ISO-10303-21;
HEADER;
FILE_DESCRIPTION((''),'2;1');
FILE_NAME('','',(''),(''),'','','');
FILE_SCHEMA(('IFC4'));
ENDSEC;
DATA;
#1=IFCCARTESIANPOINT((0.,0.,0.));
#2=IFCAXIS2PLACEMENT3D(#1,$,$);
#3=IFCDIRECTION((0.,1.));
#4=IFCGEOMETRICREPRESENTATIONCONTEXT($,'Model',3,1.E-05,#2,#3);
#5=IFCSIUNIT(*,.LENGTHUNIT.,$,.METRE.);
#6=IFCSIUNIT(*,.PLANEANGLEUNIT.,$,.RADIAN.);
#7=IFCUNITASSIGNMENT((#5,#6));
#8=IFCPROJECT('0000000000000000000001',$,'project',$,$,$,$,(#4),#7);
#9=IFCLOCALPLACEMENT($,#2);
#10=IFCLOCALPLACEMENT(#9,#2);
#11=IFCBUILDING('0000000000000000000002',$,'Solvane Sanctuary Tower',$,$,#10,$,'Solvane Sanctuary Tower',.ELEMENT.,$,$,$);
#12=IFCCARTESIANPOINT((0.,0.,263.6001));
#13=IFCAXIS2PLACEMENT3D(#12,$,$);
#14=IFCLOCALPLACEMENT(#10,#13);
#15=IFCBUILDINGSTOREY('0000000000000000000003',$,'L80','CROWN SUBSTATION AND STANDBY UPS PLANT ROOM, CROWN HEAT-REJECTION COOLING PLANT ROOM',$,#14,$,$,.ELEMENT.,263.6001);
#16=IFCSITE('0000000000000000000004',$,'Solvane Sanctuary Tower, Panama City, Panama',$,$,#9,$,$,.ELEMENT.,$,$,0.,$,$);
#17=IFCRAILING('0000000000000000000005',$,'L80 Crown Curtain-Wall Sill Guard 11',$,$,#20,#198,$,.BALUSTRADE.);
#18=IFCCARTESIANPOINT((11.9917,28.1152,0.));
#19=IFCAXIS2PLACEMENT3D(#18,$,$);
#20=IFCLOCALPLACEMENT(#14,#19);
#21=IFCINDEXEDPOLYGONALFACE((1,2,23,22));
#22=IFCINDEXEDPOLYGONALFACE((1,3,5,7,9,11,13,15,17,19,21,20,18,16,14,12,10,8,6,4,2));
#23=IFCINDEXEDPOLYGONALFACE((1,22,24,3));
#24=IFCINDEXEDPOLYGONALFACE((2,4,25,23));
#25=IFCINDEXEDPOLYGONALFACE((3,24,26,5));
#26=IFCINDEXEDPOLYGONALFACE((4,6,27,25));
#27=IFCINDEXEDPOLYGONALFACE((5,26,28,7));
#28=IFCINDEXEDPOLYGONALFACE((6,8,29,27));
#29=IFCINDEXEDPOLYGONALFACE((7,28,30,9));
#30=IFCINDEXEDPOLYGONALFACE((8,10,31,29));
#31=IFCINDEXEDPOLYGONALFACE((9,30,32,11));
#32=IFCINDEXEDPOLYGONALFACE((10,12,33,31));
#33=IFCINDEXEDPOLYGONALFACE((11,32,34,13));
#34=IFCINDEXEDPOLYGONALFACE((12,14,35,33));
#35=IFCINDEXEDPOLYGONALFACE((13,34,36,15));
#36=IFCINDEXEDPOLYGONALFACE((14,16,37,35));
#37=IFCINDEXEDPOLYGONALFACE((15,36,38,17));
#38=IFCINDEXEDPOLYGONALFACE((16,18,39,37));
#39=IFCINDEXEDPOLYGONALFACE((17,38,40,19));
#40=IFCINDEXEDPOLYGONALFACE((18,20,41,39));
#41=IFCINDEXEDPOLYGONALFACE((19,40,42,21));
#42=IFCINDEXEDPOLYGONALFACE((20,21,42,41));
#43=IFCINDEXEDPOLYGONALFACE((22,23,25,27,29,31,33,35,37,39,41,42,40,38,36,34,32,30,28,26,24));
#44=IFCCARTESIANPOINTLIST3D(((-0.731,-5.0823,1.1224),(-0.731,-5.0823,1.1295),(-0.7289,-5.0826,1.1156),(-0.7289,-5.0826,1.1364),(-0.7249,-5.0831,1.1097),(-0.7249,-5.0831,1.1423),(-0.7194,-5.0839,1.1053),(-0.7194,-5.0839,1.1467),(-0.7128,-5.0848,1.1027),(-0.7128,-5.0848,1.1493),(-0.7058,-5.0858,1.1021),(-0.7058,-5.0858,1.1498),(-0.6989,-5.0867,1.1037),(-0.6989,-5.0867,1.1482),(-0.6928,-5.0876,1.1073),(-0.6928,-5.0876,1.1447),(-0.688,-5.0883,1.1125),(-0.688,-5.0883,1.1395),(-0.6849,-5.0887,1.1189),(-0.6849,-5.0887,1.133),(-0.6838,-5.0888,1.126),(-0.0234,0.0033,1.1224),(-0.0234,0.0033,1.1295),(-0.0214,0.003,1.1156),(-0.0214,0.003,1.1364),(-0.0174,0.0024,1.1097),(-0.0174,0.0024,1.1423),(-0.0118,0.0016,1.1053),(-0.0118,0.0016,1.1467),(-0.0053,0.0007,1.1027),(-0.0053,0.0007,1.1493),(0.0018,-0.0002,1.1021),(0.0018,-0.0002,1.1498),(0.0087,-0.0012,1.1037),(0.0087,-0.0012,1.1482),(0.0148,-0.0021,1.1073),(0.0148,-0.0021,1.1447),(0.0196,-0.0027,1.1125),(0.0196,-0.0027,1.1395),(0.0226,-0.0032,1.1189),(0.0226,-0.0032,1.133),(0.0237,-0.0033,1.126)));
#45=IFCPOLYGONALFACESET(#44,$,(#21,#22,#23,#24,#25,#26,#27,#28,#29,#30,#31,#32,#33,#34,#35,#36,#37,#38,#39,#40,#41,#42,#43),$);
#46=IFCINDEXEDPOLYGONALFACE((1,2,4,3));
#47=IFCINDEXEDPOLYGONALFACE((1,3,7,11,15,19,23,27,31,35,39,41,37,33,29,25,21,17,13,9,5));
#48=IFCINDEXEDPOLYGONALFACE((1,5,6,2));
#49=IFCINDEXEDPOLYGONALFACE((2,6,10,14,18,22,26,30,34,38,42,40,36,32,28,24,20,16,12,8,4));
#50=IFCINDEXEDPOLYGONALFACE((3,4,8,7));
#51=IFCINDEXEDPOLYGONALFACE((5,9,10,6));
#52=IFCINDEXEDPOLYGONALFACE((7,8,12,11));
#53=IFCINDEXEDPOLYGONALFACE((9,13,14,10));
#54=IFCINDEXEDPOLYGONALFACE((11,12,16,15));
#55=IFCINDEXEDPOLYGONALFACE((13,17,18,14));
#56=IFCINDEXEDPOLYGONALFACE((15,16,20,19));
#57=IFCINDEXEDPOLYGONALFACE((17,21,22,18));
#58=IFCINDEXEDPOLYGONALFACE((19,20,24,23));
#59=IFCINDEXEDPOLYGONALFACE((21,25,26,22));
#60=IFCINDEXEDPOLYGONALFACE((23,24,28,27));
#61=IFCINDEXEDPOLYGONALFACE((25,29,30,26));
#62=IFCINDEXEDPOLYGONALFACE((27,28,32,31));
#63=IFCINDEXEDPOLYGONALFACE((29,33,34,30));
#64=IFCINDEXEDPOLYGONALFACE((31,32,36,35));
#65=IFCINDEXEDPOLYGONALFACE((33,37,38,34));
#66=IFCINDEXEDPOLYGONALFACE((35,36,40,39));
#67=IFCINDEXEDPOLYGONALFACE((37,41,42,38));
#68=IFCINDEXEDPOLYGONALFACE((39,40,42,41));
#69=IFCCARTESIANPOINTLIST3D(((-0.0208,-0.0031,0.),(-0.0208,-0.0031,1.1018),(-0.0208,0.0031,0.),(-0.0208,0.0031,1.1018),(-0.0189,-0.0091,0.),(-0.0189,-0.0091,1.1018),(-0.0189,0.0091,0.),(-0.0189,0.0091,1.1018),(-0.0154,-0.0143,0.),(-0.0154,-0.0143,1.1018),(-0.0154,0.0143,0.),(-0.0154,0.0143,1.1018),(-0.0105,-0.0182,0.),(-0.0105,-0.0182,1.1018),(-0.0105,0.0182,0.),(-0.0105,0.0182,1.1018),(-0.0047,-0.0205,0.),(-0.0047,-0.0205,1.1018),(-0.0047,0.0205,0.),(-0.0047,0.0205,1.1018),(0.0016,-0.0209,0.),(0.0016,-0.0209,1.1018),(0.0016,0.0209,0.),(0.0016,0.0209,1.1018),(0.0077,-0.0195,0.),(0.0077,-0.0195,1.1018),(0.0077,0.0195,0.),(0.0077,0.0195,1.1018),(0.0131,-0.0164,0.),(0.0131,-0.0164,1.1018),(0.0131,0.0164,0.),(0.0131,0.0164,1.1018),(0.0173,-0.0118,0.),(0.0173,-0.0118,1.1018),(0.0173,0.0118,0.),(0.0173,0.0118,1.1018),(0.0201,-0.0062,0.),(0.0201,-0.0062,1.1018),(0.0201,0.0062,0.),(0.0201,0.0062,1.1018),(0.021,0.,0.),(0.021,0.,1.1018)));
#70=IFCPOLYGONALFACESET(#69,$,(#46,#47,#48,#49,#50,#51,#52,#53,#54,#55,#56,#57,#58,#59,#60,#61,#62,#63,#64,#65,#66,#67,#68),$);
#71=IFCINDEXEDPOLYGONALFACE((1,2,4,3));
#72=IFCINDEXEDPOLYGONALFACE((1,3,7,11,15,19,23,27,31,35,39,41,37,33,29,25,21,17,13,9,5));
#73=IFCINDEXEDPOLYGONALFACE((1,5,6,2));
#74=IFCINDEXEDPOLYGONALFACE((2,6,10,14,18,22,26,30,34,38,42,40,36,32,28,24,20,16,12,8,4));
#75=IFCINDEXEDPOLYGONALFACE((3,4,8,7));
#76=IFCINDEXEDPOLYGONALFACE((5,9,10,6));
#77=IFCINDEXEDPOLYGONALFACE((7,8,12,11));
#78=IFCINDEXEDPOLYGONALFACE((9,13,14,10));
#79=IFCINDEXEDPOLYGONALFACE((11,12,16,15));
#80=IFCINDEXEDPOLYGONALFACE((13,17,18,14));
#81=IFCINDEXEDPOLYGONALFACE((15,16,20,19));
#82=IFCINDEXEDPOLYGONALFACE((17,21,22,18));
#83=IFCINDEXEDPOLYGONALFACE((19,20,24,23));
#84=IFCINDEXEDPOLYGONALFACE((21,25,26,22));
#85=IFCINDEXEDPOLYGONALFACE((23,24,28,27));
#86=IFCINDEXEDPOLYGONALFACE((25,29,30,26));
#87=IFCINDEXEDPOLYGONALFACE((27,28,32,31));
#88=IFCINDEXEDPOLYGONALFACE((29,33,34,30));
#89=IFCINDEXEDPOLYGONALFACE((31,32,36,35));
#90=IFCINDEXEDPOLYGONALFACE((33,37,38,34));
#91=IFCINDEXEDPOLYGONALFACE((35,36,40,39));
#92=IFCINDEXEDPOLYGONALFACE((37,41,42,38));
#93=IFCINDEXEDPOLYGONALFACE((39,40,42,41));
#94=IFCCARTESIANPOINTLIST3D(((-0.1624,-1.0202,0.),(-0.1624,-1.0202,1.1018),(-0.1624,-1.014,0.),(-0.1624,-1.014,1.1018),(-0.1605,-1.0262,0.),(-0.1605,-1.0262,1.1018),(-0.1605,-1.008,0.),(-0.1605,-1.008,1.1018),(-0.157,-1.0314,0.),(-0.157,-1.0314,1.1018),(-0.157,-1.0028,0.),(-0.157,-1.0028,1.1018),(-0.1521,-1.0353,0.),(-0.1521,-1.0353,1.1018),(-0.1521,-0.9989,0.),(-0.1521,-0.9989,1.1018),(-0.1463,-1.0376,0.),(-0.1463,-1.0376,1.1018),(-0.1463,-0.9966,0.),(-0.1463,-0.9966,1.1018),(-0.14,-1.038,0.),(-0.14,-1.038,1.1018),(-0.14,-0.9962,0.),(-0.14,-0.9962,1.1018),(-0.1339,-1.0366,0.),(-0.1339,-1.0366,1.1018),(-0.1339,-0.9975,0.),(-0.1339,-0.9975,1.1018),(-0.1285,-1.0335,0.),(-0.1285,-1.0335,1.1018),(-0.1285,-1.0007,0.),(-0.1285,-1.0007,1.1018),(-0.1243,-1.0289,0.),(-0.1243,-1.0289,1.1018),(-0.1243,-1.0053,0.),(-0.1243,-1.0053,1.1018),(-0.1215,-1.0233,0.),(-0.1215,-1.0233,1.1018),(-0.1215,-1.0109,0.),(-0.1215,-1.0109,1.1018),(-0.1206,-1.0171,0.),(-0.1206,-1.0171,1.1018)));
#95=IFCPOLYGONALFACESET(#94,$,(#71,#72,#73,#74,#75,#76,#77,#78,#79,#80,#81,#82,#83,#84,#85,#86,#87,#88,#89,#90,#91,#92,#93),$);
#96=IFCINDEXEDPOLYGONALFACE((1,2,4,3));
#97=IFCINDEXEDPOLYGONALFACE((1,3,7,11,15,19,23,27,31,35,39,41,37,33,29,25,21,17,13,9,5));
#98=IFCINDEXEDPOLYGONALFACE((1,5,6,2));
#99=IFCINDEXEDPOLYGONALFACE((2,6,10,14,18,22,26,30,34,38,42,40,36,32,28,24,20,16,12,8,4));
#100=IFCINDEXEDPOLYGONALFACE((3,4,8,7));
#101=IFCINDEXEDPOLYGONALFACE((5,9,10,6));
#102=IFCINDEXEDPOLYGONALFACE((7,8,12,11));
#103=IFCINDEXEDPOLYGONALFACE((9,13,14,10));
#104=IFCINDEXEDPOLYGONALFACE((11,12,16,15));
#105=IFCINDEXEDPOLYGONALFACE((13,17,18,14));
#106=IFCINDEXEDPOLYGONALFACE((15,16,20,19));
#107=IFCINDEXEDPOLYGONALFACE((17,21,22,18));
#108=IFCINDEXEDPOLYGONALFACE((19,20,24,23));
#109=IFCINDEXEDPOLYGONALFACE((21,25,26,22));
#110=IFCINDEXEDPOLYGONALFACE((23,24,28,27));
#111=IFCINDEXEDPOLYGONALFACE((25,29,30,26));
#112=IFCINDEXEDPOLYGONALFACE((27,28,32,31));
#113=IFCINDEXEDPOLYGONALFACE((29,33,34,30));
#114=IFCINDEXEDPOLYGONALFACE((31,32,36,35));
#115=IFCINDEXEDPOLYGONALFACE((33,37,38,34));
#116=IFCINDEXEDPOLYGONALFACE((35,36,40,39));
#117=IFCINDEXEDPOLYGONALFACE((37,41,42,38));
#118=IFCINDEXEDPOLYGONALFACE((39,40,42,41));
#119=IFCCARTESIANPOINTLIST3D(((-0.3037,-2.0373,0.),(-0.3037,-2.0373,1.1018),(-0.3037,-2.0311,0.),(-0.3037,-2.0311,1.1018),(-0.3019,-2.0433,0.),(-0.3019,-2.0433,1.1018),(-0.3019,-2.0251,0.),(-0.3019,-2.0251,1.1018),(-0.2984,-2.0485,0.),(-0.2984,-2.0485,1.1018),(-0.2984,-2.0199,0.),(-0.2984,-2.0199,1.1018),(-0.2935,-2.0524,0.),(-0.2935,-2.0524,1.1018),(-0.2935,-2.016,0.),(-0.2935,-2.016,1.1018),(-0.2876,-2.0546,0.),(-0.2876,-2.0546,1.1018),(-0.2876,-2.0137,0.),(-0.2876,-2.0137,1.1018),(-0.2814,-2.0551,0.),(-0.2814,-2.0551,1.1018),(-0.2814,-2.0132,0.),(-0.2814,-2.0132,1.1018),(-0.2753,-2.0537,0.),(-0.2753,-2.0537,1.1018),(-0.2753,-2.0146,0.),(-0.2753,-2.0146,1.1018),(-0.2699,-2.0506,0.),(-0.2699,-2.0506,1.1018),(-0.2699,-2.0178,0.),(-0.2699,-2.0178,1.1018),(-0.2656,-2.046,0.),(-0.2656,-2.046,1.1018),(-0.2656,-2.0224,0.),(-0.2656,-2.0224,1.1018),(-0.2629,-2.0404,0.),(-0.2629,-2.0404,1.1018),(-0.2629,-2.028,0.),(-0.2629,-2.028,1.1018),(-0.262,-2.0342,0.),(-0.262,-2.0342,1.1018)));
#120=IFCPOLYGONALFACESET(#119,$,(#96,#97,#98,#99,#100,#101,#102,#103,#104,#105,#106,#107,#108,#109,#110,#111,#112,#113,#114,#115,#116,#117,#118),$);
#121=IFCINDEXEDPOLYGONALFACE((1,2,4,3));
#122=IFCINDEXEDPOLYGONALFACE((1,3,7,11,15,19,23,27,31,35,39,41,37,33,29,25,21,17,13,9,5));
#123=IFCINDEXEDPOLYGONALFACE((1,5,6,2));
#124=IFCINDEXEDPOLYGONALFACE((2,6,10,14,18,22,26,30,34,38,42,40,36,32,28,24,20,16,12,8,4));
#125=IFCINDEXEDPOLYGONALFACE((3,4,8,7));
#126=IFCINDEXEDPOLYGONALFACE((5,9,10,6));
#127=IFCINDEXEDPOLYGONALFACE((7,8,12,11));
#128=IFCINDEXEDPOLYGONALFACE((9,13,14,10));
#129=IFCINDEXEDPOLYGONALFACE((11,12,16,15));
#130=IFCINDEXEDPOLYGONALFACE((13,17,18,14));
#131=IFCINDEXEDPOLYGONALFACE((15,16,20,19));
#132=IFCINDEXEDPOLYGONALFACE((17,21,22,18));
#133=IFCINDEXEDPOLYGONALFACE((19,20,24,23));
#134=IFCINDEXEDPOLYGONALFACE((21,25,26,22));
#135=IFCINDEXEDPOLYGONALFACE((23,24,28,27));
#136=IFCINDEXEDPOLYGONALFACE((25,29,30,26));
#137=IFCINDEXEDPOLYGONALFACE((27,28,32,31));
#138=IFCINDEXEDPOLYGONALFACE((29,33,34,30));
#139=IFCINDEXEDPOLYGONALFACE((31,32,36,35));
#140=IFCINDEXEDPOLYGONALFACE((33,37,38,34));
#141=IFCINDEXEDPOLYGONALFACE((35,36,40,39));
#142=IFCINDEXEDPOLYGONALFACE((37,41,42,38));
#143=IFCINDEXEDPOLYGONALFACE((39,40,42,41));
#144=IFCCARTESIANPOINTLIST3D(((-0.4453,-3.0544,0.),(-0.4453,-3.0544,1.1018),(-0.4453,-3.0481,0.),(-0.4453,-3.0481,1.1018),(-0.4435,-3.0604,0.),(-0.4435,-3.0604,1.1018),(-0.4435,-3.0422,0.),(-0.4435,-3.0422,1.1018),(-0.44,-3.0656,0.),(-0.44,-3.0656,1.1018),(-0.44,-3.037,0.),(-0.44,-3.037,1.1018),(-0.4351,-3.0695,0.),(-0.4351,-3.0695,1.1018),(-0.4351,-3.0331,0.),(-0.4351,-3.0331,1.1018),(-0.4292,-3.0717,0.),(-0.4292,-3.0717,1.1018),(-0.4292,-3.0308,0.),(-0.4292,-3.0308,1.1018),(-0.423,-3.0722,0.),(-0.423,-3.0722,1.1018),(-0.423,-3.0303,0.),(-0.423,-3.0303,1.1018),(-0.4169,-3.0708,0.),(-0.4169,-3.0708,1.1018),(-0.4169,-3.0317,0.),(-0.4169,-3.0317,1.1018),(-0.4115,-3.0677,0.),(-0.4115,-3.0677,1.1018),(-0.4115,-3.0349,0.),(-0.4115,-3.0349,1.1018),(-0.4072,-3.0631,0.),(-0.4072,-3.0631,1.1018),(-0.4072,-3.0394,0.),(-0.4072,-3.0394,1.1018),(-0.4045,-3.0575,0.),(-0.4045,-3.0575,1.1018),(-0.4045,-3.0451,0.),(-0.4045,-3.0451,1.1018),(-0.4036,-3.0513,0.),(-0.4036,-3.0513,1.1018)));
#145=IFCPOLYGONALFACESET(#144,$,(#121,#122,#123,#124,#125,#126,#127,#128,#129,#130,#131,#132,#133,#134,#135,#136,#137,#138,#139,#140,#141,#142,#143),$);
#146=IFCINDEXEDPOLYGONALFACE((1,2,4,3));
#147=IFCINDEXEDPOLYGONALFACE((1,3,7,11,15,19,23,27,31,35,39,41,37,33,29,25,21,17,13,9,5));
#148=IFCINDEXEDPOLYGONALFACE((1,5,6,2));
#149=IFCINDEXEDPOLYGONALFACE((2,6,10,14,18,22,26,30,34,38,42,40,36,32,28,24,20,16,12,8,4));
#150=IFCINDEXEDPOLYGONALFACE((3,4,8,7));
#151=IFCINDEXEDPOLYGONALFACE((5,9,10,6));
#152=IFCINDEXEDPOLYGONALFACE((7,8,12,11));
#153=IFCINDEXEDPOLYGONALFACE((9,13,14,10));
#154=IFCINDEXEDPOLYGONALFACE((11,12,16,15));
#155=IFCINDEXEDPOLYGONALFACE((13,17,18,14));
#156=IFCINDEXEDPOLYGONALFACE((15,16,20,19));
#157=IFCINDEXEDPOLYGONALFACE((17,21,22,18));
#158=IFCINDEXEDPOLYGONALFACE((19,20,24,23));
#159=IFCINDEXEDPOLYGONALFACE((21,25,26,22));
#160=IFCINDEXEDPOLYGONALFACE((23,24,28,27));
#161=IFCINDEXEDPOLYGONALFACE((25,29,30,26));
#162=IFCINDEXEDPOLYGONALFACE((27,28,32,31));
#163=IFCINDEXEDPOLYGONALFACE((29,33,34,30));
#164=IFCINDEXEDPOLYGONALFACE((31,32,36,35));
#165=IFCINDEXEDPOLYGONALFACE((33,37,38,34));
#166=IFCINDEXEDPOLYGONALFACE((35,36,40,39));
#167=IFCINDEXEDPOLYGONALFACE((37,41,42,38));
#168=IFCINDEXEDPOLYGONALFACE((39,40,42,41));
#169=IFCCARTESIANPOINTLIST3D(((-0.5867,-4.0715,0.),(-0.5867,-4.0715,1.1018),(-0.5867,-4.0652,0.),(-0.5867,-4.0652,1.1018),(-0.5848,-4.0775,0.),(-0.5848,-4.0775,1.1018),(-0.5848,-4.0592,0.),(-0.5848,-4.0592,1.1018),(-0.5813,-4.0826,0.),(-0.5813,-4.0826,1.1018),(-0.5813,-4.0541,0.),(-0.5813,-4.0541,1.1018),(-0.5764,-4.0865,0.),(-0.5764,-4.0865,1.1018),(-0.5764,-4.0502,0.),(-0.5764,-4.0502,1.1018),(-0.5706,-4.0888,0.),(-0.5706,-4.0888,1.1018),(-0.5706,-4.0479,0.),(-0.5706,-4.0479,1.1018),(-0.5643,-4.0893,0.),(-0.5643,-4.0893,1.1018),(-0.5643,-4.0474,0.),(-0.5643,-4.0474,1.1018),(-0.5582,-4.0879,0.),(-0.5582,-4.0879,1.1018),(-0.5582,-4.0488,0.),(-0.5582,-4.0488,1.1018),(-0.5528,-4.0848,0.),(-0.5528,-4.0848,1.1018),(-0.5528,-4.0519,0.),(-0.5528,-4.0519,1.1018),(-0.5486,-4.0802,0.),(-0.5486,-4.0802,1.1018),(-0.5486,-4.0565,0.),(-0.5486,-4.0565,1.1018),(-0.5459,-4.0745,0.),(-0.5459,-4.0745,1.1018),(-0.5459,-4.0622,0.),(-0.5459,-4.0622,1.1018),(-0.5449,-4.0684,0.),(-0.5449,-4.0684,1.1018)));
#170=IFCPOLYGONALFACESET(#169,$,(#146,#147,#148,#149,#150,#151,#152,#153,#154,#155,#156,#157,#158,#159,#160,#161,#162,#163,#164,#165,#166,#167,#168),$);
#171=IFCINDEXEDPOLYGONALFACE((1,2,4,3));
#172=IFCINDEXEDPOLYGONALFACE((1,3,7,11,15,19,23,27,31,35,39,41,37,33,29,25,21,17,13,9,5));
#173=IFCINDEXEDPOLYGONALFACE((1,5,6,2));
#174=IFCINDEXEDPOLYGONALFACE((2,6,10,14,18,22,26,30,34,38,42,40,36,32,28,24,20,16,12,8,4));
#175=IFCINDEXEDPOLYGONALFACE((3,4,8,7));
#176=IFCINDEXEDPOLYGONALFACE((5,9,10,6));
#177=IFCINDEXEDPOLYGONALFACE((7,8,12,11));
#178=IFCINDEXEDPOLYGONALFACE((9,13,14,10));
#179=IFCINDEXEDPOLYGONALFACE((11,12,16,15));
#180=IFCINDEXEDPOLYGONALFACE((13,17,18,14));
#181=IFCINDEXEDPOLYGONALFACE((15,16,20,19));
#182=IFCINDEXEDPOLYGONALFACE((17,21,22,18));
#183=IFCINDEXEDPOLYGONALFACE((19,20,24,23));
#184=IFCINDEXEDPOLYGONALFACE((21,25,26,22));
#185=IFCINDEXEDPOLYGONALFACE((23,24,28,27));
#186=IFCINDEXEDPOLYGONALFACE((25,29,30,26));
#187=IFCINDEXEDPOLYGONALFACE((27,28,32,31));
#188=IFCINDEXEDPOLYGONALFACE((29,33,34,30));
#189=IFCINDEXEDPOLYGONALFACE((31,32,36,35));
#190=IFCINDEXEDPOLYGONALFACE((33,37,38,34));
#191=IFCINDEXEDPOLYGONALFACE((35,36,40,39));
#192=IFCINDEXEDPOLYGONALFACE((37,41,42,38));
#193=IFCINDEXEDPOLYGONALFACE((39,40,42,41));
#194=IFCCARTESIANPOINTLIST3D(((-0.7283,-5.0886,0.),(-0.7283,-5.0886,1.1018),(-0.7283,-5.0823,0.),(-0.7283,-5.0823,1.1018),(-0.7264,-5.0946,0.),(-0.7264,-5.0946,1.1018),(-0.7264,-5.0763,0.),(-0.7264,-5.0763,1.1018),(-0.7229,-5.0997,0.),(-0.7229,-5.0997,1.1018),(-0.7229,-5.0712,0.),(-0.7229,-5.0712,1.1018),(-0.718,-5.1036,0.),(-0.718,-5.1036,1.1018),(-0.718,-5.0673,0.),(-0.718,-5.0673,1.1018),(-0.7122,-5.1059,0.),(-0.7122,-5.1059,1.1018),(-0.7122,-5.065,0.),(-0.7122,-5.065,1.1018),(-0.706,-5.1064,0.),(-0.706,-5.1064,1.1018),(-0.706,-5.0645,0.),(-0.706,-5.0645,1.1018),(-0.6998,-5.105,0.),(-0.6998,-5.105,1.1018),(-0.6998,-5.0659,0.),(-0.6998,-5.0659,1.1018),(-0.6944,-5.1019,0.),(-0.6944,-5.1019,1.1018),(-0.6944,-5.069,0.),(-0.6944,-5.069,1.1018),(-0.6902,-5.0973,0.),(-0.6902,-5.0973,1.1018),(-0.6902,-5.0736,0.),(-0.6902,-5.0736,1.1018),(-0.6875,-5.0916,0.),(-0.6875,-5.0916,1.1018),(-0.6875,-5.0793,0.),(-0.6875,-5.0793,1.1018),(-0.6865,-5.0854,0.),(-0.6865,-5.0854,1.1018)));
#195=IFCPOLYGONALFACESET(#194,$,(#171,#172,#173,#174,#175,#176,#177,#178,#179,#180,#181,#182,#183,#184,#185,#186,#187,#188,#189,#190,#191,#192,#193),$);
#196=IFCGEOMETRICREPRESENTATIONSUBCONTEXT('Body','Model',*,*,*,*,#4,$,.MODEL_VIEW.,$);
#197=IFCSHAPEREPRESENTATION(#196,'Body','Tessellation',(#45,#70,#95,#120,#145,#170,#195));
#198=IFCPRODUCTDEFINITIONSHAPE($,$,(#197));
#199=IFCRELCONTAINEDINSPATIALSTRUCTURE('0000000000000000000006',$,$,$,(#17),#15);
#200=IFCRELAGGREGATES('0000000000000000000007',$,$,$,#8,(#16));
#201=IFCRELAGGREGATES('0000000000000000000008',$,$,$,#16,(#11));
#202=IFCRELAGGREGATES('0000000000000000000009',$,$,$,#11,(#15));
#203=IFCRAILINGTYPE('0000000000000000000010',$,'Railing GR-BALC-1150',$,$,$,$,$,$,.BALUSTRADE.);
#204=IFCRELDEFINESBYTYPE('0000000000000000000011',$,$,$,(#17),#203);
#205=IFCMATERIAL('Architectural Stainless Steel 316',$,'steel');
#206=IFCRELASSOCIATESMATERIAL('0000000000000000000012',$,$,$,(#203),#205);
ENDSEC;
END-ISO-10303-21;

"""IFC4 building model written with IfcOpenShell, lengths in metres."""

from ifc_helpers import new_model, si_unit, direction, frame, origin, origin_2d, place, context, subcontext, project, spatial, circle, extrude, material, type_object, element, save


model = new_model("IFC4")

# Units and contexts
model_context = context("Model", 3, precision=1e-05, world=origin(), true_north=direction((0.0, 1.0)))
body_context = subcontext(model_context, "Body", "Model", "MODEL_VIEW")
ifc_project = project(units=[si_unit("LENGTHUNIT", "METRE"), si_unit("PLANEANGLEUNIT", "RADIAN")], contexts=[model_context])

# Site, building, storey
site_placement = place(None, origin())
site = spatial("IfcSite", under=ifc_project, at=site_placement, Name="Solvane Sanctuary Tower, Panama City, Panama", CompositionType="ELEMENT", RefElevation=0.0)
building_placement = place(site_placement, origin())
building = spatial("IfcBuilding", under=site, at=building_placement, Name="Solvane Sanctuary Tower", LongName="Solvane Sanctuary Tower", CompositionType="ELEMENT")
storey_placement = place(building_placement, frame((0.0, 0.0, 263.6001)))
storey = spatial("IfcBuildingStorey", under=building, at=storey_placement, Name="L80", Description="CROWN SUBSTATION AND STANDBY UPS PLANT ROOM, CROWN HEAT-REJECTION COOLING PLANT ROOM", CompositionType="ELEMENT", Elevation=263.6001)

# Shared definitions
ifc_material_1 = material(Name="Architectural Stainless Steel 316", Category="steel")

# Railing
railing_type_1 = type_object("IfcRailingType", Name="Railing GR-BALC-1150", PredefinedType="BALUSTRADE", material=ifc_material_1)
railing_1_placement = place(storey_placement, frame((11.9917, 28.1152, 0.0)))
element("IfcRailing", 1, at=railing_1_placement, inside=storey, type_object=railing_type_1, Name="L80 Crown Curtain-Wall Sill Guard 11", PredefinedType="BALUSTRADE", context=body_context, shape_type="SweptSolid", body=[
    extrude(circle(Radius=0.0239, at=origin_2d()), frame((0.0, 0.0, 1.126), z_axis=(-0.137799, -0.99046, 0.0), x_axis=(0.99046, -0.137799, 0.0)), (0.0, 0.0, 1.0), 5.1345),
    extrude(circle(Radius=0.021, at=origin_2d()), origin(), (0.0, 0.0, 1.0), 1.1018),
    extrude(circle(Radius=0.021, at=origin_2d()), frame((-0.1416, -1.0171, 0.0)), (0.0, 0.0, 1.0), 1.1018),
    extrude(circle(Radius=0.021, at=origin_2d()), frame((-0.283, -2.0342, 0.0)), (0.0, 0.0, 1.0), 1.1018),
    extrude(circle(Radius=0.021, at=origin_2d()), frame((-0.4246, -3.0513, 0.0)), (0.0, 0.0, 1.0), 1.1018),
    extrude(circle(Radius=0.021, at=origin_2d()), frame((-0.5659, -4.0684, 0.0)), (0.0, 0.0, 1.0), 1.1018),
    extrude(circle(Radius=0.021, at=origin_2d()), frame((-0.7075, -5.0854, 0.0)), (0.0, 0.0, 1.0), 1.1018),
])

save(model, "model.ifc")
